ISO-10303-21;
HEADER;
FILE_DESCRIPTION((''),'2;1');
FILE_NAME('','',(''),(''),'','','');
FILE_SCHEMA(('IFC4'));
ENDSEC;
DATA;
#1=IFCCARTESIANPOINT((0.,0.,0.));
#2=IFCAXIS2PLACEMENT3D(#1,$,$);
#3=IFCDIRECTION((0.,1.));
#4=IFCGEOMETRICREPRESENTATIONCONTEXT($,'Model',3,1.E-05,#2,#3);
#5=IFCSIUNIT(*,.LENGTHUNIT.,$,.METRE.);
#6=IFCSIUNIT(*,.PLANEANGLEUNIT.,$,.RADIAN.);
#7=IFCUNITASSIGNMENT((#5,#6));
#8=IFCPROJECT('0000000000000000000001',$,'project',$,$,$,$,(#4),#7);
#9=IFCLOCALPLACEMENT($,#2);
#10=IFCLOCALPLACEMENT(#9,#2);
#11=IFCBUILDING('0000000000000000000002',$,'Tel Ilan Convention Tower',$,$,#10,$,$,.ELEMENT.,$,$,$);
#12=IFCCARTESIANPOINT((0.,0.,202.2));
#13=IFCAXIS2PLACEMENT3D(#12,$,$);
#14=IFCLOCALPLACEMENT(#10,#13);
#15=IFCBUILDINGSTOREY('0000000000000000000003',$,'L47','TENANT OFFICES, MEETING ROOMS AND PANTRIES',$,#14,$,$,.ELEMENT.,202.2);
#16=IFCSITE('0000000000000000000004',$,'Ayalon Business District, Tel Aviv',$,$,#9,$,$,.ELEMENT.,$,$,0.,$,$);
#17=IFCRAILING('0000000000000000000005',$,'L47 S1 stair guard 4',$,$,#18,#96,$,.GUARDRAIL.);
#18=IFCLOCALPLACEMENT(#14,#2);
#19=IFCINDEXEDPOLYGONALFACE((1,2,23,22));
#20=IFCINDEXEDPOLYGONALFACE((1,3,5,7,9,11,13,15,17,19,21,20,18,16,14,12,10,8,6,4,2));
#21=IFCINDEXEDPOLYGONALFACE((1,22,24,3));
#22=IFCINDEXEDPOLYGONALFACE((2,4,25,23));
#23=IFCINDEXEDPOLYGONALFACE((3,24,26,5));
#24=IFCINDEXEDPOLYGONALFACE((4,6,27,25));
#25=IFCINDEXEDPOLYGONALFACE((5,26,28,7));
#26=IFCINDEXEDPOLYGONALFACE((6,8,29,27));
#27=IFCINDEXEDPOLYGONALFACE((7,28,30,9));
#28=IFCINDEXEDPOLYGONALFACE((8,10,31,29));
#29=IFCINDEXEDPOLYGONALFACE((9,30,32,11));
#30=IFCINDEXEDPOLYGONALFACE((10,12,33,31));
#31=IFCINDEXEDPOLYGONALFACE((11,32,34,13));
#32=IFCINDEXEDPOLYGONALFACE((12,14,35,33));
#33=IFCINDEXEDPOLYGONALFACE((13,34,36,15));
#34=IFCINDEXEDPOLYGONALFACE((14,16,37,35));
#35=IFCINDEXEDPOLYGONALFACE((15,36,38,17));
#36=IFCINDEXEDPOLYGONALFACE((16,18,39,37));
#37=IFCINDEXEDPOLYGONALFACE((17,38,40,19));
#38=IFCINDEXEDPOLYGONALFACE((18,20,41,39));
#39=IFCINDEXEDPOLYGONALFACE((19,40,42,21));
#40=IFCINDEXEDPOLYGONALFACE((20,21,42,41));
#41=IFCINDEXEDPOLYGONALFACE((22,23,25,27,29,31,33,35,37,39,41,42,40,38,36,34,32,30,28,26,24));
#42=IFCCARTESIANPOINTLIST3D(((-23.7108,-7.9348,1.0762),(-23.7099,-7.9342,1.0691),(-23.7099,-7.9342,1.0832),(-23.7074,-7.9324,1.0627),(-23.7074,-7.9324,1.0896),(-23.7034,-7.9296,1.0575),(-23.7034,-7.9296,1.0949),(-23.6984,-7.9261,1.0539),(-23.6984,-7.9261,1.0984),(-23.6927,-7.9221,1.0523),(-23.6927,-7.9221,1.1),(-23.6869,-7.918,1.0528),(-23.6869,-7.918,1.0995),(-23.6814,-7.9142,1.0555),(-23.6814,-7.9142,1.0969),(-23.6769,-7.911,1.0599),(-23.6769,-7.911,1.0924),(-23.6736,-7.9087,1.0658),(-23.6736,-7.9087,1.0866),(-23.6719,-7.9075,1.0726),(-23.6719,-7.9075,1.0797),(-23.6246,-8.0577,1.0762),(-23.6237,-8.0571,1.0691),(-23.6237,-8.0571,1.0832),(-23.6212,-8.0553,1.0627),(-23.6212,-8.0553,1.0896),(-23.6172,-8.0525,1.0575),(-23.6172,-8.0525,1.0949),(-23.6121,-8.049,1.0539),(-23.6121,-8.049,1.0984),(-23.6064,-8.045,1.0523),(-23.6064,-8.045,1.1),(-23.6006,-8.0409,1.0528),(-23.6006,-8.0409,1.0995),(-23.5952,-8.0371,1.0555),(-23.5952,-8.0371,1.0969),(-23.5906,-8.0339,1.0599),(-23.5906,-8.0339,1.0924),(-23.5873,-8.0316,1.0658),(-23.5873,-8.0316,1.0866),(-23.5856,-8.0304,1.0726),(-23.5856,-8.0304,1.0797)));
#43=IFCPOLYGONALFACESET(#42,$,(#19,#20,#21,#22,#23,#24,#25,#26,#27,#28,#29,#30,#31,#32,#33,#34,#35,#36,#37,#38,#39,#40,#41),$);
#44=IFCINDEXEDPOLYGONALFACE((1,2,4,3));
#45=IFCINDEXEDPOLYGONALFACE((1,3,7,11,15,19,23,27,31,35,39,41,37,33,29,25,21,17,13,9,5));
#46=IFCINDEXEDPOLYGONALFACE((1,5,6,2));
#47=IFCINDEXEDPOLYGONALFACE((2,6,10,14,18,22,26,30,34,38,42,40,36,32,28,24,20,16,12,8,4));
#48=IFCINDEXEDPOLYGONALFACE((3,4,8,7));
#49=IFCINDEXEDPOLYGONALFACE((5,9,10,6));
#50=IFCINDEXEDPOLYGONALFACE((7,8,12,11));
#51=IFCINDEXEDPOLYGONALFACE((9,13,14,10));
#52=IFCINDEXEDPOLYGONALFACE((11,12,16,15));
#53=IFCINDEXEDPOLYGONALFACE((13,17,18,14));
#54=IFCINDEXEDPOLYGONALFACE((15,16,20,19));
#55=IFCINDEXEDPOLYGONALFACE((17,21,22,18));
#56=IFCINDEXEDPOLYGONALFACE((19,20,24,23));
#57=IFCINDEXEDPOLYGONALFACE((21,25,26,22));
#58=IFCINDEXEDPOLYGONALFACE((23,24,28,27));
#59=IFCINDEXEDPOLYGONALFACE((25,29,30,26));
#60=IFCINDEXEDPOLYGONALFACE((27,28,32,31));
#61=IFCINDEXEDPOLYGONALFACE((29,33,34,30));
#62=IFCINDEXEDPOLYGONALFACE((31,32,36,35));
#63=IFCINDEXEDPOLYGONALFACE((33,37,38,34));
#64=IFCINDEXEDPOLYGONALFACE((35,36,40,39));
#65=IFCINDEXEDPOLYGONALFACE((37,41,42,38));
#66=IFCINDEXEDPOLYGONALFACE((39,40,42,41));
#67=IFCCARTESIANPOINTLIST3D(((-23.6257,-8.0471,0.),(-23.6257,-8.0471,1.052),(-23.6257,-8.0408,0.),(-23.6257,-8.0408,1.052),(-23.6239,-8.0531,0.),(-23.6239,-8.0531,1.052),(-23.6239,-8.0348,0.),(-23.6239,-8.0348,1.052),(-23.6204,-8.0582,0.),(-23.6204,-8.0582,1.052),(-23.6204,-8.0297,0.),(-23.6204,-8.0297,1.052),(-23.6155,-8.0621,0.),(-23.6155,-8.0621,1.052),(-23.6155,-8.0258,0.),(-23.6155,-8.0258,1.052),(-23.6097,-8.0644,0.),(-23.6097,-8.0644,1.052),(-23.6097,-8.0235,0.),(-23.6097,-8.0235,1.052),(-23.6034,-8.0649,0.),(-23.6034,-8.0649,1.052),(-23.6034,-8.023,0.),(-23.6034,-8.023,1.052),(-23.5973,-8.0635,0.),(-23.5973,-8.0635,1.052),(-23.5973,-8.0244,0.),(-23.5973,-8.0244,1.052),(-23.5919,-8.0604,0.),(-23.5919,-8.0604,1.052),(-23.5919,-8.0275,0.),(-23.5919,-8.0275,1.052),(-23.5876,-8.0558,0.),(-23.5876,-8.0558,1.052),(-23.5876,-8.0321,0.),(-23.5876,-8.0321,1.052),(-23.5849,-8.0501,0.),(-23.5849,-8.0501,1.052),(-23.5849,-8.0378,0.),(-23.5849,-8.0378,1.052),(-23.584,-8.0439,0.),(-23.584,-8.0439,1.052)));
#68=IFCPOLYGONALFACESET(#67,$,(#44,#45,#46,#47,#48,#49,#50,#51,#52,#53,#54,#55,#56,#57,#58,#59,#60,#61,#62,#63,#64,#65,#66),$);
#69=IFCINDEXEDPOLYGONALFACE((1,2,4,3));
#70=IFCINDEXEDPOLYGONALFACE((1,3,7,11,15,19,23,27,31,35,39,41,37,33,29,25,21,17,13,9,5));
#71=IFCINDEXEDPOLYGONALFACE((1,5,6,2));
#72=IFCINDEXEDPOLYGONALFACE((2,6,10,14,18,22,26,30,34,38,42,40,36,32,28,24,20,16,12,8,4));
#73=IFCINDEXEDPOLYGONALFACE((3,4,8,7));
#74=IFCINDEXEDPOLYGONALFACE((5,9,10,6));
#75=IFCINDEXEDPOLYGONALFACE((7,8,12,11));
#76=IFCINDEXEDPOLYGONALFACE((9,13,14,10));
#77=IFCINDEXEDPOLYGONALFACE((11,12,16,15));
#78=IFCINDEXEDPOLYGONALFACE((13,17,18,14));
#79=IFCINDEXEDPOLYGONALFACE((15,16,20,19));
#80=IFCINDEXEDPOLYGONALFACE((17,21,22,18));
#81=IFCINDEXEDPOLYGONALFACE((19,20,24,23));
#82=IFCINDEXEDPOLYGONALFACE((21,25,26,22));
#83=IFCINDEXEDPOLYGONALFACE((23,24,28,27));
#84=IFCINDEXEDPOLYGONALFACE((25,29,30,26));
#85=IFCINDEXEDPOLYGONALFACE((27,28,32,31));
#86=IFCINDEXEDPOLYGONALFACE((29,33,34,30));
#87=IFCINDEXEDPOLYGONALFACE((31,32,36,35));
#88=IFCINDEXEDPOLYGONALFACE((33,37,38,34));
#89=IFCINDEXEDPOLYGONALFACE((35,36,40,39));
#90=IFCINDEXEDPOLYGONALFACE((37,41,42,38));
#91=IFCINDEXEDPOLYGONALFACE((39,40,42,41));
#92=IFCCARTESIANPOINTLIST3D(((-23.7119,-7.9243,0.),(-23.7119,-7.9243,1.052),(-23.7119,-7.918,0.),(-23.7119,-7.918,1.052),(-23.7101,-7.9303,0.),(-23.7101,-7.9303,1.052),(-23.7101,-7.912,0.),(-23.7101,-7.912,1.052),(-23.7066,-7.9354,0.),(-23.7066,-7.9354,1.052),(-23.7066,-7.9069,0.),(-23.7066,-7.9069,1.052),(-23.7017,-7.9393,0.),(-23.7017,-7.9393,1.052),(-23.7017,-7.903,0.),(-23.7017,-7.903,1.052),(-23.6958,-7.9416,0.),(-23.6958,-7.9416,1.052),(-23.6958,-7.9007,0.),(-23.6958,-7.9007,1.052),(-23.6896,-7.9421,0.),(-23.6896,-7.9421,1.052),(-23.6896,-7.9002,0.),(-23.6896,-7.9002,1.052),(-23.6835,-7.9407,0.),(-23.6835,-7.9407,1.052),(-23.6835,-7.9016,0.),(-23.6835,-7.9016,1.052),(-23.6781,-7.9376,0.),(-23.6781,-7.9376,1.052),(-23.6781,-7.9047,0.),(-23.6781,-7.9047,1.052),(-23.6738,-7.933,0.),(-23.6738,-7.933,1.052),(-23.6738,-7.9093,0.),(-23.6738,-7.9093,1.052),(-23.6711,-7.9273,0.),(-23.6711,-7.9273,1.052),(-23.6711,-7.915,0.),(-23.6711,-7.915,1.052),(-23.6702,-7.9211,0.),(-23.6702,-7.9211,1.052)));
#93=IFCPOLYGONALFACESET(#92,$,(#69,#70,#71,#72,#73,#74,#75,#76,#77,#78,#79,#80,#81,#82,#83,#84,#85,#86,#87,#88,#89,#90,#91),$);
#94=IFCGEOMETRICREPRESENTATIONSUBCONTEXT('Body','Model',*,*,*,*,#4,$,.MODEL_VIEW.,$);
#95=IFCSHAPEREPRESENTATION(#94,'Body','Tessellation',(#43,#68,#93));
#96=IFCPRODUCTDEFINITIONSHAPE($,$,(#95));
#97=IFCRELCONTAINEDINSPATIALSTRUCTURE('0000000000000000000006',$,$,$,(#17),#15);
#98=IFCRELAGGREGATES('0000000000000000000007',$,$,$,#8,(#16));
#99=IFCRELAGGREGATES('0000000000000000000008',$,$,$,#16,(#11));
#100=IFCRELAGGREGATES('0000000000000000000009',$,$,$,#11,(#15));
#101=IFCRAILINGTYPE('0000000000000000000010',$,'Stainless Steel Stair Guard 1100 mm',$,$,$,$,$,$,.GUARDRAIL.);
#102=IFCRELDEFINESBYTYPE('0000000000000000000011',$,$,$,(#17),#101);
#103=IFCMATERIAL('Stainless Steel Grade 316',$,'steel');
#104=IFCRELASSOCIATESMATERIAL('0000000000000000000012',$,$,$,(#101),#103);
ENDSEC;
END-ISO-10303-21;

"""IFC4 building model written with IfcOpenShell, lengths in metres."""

from ifc_helpers import new_model, si_unit, direction, frame, origin, origin_2d, place, context, subcontext, project, spatial, circle, extrude, material, type_object, element, save


model = new_model("IFC4")

# Units and contexts
model_context = context("Model", 3, precision=1e-05, world=origin(), true_north=direction((0.0, 1.0)))
body_context = subcontext(model_context, "Body", "Model", "MODEL_VIEW")
ifc_project = project(units=[si_unit("LENGTHUNIT", "METRE"), si_unit("PLANEANGLEUNIT", "RADIAN")], contexts=[model_context])

# Site, building, storey
site_placement = place(None, origin())
site = spatial("IfcSite", under=ifc_project, at=site_placement, Name="Ayalon Business District, Tel Aviv", CompositionType="ELEMENT", RefElevation=0.0)
building_placement = place(site_placement, origin())
building = spatial("IfcBuilding", under=site, at=building_placement, Name="Tel Ilan Convention Tower", CompositionType="ELEMENT")
storey_placement = place(building_placement, frame((0.0, 0.0, 202.2)))
storey = spatial("IfcBuildingStorey", under=building, at=storey_placement, Name="L47", Description="TENANT OFFICES, MEETING ROOMS AND PANTRIES", CompositionType="ELEMENT", Elevation=202.2)

# Railing
ifc_material_1 = material(Name="Stainless Steel Grade 316", Category="steel")
railing_type = type_object("IfcRailingType", Name="Stainless Steel Stair Guard 1100 mm", PredefinedType="GUARDRAIL", material=ifc_material_1)
railing_1_placement = place(storey_placement, frame((-23.605, -8.0439, 0.0)))
element("IfcRailing", 1, at=railing_1_placement, inside=storey, type_object=railing_type, Name="L47 S1 stair guard 4", PredefinedType="GUARDRAIL", context=body_context, shape_type="SweptSolid", body=[
    extrude(circle(Radius=0.0239, at=origin_2d()), frame((0.0, 0.0, 1.0762), z_axis=(-0.574445, 0.818543, 0.0), x_axis=(-0.818543, -0.574445, 0.0)), (0.0, 0.0, 1.0), 0.1501),
    extrude(circle(Radius=0.021, at=origin_2d()), origin(), (0.0, 0.0, 1.0), 1.052),
    extrude(circle(Radius=0.021, at=origin_2d()), frame((-0.0862, 0.1228, 0.0)), (0.0, 0.0, 1.0), 1.052),
])

save(model, "model.ifc")
